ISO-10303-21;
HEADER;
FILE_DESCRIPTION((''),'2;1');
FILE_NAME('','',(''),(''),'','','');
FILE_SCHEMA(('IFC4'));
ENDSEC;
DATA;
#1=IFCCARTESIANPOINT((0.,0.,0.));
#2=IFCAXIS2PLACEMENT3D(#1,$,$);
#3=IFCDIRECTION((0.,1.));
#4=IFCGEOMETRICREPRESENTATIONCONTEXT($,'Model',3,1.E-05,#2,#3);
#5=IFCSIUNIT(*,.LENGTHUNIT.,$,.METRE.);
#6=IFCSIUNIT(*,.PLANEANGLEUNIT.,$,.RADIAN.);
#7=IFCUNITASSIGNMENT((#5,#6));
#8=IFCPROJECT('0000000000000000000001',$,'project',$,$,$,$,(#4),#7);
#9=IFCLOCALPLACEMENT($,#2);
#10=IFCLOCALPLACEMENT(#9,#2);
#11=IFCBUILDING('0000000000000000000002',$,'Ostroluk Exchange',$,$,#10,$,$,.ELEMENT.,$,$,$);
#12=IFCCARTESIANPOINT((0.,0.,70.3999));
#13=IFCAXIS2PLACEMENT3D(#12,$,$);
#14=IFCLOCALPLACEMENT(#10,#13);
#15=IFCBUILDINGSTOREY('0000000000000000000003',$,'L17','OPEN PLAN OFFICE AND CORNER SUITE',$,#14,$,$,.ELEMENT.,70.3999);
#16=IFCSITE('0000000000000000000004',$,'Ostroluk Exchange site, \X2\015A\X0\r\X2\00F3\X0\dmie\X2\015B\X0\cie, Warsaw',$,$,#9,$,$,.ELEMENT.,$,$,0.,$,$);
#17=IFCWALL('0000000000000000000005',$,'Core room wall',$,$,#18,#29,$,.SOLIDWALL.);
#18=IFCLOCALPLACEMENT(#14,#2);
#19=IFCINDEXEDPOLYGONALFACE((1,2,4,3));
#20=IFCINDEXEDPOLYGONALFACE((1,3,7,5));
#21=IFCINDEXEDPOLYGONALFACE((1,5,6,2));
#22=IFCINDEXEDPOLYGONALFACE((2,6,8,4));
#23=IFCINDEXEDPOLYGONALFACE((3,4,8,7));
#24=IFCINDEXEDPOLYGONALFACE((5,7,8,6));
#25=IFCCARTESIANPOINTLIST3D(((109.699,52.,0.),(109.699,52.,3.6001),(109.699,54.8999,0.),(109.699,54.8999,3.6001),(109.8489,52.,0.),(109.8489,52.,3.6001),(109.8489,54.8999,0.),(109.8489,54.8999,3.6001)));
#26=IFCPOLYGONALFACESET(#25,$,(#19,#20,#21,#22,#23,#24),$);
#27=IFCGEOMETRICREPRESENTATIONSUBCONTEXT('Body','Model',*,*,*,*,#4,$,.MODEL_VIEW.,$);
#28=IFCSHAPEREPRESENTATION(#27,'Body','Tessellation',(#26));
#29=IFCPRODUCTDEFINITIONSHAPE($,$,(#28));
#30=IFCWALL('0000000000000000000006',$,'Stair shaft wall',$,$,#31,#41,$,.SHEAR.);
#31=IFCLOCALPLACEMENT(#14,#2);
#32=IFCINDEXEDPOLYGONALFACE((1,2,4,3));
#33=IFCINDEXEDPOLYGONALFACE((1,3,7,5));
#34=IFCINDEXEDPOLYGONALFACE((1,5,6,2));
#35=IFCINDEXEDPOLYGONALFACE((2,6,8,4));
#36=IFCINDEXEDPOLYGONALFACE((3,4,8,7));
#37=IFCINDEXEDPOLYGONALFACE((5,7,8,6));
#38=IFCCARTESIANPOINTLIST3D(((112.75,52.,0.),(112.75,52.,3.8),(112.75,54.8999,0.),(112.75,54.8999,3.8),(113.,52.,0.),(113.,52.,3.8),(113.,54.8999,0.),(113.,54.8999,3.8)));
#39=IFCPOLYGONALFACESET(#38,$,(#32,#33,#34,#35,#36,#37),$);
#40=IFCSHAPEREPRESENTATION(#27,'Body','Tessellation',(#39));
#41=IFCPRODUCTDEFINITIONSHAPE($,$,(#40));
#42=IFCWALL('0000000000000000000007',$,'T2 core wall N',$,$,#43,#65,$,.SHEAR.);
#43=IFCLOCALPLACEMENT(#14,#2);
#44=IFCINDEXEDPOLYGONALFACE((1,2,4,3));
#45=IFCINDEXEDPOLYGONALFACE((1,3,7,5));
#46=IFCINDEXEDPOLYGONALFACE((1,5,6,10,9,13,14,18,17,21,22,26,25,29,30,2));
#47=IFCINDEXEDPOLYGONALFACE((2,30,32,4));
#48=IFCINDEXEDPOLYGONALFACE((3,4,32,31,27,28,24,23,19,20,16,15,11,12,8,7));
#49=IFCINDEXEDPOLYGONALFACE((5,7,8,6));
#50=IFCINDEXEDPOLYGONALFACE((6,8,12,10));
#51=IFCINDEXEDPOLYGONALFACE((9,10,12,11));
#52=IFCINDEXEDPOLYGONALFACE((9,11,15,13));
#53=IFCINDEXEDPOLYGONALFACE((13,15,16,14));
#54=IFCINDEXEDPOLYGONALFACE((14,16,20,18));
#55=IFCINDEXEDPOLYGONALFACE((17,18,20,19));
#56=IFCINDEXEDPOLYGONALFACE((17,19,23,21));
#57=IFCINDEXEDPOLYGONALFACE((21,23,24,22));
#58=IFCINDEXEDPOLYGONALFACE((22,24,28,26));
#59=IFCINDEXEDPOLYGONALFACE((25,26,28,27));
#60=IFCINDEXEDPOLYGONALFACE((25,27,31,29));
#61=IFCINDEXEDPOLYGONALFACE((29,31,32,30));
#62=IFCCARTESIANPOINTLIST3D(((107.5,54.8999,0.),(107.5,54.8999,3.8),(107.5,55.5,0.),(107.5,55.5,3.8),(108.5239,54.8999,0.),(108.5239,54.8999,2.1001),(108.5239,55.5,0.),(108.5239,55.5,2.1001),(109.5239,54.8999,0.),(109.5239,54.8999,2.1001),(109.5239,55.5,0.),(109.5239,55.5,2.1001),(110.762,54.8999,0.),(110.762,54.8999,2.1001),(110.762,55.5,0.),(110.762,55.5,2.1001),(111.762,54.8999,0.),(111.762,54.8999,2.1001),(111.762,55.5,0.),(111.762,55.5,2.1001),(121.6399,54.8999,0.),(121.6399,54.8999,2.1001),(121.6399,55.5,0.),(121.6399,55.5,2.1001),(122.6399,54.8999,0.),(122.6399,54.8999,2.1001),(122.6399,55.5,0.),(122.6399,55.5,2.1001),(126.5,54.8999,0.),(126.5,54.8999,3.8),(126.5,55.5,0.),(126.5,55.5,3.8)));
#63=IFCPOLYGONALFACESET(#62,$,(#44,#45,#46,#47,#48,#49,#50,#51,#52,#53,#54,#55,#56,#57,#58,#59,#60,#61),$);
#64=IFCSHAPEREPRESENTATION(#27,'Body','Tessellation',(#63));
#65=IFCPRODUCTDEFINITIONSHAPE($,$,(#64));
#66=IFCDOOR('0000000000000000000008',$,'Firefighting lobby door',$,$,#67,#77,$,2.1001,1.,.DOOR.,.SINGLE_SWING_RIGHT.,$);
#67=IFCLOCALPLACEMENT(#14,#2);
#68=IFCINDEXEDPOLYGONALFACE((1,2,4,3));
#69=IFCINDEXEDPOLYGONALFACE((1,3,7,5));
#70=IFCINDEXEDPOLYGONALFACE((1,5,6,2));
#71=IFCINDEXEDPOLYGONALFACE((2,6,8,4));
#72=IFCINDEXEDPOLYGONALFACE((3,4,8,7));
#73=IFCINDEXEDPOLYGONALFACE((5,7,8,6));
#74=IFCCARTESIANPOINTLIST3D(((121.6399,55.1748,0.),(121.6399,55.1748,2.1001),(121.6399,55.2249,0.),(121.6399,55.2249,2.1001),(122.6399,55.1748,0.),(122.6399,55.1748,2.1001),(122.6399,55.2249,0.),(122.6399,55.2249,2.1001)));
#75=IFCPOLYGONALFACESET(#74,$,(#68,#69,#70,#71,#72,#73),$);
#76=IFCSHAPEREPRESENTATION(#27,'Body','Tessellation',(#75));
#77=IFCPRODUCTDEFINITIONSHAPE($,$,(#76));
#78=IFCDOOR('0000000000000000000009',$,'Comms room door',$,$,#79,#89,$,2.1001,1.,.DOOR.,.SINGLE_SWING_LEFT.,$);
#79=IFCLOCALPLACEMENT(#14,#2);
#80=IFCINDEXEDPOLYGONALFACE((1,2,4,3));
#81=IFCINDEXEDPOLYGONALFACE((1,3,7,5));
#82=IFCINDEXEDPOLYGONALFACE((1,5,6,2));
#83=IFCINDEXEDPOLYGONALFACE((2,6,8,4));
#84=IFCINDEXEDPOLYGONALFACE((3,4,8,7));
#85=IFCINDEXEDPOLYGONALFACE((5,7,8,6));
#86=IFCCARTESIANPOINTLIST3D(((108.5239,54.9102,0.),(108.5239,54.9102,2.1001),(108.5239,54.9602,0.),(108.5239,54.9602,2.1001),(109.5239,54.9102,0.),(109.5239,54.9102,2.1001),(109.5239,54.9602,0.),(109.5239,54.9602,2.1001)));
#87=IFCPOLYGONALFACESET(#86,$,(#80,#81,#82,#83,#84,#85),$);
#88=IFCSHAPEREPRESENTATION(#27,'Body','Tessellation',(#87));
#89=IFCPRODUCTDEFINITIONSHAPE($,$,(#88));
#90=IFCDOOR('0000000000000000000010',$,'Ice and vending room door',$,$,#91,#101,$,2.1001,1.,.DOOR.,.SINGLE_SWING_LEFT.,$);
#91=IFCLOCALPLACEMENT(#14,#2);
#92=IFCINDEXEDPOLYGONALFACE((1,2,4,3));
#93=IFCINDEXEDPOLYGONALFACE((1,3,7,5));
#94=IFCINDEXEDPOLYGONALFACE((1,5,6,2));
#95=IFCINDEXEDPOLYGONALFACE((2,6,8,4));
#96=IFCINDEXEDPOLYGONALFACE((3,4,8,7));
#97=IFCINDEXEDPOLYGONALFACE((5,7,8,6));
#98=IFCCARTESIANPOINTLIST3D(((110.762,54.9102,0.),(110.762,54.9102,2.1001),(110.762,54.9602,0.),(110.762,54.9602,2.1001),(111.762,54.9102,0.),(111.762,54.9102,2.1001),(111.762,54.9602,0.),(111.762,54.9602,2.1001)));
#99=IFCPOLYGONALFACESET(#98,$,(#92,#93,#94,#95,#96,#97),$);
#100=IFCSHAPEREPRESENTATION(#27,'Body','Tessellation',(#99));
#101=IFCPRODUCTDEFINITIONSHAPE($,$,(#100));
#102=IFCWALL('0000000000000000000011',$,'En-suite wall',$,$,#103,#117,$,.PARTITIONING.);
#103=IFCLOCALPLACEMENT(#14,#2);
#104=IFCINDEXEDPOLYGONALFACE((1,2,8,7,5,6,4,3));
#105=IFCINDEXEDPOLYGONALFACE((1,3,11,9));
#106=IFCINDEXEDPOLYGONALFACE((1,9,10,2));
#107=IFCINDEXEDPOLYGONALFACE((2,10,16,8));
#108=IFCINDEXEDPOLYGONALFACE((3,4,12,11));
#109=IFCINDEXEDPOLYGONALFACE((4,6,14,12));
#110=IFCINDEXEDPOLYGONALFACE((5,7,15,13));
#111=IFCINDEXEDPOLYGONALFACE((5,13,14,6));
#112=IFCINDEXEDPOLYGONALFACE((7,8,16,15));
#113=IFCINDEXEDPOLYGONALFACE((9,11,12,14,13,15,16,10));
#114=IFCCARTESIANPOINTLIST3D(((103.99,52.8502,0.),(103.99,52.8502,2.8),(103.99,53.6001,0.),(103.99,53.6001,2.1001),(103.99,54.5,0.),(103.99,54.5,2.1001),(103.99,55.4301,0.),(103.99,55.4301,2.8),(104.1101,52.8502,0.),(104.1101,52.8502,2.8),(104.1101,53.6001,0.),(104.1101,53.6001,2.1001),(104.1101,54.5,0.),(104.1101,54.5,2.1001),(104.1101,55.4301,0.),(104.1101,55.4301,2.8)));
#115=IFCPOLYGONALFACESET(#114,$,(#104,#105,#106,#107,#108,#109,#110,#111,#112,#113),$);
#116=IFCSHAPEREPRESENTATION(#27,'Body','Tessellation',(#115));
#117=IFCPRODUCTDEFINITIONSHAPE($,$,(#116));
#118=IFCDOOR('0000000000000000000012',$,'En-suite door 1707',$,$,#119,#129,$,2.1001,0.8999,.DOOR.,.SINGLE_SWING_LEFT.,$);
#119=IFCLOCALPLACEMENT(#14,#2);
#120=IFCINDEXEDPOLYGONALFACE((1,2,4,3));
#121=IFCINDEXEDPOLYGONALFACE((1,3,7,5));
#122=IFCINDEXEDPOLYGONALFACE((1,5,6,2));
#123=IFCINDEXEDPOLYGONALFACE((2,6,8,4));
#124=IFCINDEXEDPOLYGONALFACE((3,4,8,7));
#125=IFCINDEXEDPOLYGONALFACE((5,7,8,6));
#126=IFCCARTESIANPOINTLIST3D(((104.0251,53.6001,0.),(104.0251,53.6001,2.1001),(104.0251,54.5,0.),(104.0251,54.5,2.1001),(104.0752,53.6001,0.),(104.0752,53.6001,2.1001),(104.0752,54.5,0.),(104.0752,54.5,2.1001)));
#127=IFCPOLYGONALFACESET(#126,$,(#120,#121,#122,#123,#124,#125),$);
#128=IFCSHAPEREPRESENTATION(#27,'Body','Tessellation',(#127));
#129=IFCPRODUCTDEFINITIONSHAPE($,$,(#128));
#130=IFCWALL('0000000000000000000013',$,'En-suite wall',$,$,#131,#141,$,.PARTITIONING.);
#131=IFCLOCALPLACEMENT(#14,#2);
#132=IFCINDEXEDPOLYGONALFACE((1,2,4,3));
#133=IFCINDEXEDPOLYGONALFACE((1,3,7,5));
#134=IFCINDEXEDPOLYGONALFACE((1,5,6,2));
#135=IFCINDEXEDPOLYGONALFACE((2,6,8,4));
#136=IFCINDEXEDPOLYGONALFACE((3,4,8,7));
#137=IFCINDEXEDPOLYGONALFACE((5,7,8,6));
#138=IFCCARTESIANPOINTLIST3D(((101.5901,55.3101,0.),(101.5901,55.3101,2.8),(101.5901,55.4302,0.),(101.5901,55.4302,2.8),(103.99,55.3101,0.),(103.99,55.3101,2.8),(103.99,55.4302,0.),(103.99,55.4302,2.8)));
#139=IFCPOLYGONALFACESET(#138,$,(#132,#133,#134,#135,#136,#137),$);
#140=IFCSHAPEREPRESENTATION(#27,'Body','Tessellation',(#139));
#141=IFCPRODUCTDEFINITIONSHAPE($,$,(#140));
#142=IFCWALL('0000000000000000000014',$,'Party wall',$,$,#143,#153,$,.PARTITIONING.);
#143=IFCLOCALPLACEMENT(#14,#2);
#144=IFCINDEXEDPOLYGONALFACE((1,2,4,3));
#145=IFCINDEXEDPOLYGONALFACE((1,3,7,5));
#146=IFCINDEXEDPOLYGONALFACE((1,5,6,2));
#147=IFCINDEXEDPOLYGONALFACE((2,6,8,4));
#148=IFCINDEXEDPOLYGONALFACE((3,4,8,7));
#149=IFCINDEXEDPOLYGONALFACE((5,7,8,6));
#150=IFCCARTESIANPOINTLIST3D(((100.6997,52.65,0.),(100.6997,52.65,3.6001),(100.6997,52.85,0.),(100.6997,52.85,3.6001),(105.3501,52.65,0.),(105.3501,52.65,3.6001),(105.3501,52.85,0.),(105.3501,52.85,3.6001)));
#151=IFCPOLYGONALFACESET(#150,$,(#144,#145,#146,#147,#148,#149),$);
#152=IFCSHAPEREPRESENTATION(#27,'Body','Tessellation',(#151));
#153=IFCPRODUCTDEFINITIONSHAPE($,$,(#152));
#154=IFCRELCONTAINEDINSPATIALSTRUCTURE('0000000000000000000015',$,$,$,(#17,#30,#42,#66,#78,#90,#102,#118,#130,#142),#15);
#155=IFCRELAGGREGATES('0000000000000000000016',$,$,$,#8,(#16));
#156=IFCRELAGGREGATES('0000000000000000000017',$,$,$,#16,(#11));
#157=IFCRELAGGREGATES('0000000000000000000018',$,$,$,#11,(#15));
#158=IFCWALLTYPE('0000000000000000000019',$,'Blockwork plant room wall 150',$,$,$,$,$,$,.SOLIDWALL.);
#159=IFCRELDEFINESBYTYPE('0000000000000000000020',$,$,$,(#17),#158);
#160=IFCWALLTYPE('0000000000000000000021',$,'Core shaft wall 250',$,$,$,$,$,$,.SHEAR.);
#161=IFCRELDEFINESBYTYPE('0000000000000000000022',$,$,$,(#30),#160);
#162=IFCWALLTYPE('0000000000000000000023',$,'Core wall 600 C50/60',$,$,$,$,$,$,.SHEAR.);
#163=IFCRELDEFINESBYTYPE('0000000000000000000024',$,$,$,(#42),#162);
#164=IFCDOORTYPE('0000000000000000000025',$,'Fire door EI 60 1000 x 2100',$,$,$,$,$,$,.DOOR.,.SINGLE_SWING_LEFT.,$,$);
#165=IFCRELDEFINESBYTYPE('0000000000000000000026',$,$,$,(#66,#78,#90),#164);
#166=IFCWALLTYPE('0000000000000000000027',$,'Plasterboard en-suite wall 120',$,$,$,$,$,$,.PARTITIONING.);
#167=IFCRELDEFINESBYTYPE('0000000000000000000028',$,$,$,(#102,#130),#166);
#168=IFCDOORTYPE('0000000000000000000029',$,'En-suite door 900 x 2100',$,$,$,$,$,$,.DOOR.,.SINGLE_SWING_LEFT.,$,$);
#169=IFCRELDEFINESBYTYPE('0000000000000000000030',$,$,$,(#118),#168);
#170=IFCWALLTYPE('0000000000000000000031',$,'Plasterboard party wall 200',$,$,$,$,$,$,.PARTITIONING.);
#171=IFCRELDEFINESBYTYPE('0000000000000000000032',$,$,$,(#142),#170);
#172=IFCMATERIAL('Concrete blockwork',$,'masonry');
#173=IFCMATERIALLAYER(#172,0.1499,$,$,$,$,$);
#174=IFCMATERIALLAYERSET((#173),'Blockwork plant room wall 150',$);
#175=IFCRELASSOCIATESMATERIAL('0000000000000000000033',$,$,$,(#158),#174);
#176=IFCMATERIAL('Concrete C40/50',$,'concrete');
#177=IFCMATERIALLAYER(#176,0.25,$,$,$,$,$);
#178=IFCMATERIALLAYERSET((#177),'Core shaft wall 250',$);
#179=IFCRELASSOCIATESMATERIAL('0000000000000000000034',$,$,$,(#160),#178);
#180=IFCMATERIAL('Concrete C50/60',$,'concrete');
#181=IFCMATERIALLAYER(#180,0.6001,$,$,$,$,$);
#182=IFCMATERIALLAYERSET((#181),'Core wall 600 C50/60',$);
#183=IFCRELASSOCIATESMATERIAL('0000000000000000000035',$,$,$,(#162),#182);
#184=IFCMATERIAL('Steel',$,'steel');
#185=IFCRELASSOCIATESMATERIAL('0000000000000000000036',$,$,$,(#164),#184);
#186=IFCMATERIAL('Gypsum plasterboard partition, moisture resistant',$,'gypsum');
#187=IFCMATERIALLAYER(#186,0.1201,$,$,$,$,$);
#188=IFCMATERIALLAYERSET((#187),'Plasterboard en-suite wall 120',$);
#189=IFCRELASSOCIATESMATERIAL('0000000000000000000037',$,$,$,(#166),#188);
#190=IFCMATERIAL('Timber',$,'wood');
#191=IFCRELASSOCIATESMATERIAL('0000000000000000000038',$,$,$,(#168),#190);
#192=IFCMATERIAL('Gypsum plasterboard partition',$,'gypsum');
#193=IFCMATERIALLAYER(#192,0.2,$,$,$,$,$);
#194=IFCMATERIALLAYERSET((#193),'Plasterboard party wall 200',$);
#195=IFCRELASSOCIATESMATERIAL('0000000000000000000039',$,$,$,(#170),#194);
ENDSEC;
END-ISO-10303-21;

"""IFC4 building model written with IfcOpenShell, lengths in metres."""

from ifc_helpers import new_model, si_unit, direction, frame, frame_2d, origin, place, context, subcontext, project, spatial, rectangle, extrude, material, layer, layer_set, type_object, element, fill, save


model = new_model("IFC4")

# Units and contexts
model_context = context("Model", 3, precision=1e-05, world=origin(), true_north=direction((0.0, 1.0)))
body_context = subcontext(model_context, "Body", "Model", "MODEL_VIEW")
ifc_project = project(units=[si_unit("LENGTHUNIT", "METRE"), si_unit("PLANEANGLEUNIT", "RADIAN")], contexts=[model_context])

# Site, building, storey
site_placement = place(None, origin())
site = spatial("IfcSite", under=ifc_project, at=site_placement, Name="Ostroluk Exchange site, Śródmieście, Warsaw", CompositionType="ELEMENT", RefElevation=0.0)
building_placement = place(site_placement, origin())
building = spatial("IfcBuilding", under=site, at=building_placement, Name="Ostroluk Exchange", CompositionType="ELEMENT")
storey_placement = place(building_placement, frame((0.0, 0.0, 70.3999)))
storey = spatial("IfcBuildingStorey", under=building, at=storey_placement, Name="L17", Description="OPEN PLAN OFFICE AND CORNER SUITE", CompositionType="ELEMENT", Elevation=70.3999)

# Walls
ifc_material_1 = material(Name="Concrete blockwork", Category="masonry")
ifc_layer_1 = layer(ifc_material_1, 0.1499)
ifc_layer_set_1 = layer_set([ifc_layer_1], Name="Blockwork plant room wall 150")
wall_type_1 = type_object("IfcWallType", Name="Blockwork plant room wall 150", PredefinedType="SOLIDWALL", material=ifc_layer_set_1)
wall_1_placement = place(storey_placement, frame((109.7739, 52.0, 0.0), z_axis=(0.0, 0.0, 1.0), x_axis=(0.0, 1.0, 0.0)))
element("IfcWall", 1, at=wall_1_placement, inside=storey, type_object=wall_type_1, Name="Core room wall", PredefinedType="SOLIDWALL", context=body_context, shape_type="SweptSolid", body=[
    extrude(rectangle(XDim=2.8999, YDim=0.1499, at=frame_2d((1.45, 0.0))), origin(), (0.0, 0.0, 1.0), 3.6001),
])
ifc_material_2 = material(Name="Concrete C40/50", Category="concrete")
ifc_layer_2 = layer(ifc_material_2, 0.25)
ifc_layer_set_2 = layer_set([ifc_layer_2], Name="Core shaft wall 250")
wall_type_2 = type_object("IfcWallType", Name="Core shaft wall 250", PredefinedType="SHEAR", material=ifc_layer_set_2)
wall_2_placement = place(storey_placement, frame((112.875, 52.0, 0.0), z_axis=(0.0, 0.0, 1.0), x_axis=(0.0, 1.0, 0.0)))
element("IfcWall", 2, at=wall_2_placement, inside=storey, type_object=wall_type_2, Name="Stair shaft wall", PredefinedType="SHEAR", context=body_context, shape_type="SweptSolid", body=[
    extrude(rectangle(XDim=2.8999, YDim=0.25, at=frame_2d((1.45, 0.0))), origin(), (0.0, 0.0, 1.0), 3.8),
])

# Wall, openings, doors
ifc_material_3 = material(Name="Concrete C50/60", Category="concrete")
ifc_layer_3 = layer(ifc_material_3, 0.6001)
ifc_layer_set_3 = layer_set([ifc_layer_3], Name="Core wall 600 C50/60")
wall_type_3 = type_object("IfcWallType", Name="Core wall 600 C50/60", PredefinedType="SHEAR", material=ifc_layer_set_3)
wall_3_placement = place(storey_placement, frame((107.5, 55.2, 0.0), z_axis=(0.0, 0.0, 1.0), x_axis=(1.0, 0.0, 0.0)))
wall_3 = element("IfcWall", 3, at=wall_3_placement, inside=storey, type_object=wall_type_3, Name="T2 core wall N", PredefinedType="SHEAR", context=body_context, shape_type="SweptSolid", body=[
    extrude(rectangle(XDim=19.0, YDim=0.6001, at=frame_2d((9.5, 0.0))), origin(), (0.0, 0.0, 1.0), 3.8),
])
opening_1_placement = place(wall_3_placement, frame((14.1399, 0.0, 0.0)))
opening_1 = element("IfcOpeningElement", 4, at=opening_1_placement, cuts=wall_3, PredefinedType="OPENING", context=body_context, shape_type="SweptSolid", body=[
    extrude(rectangle(XDim=1.0, YDim=2.1001, at=frame_2d((0.5, 1.05))), frame((0.0, 0.3101, 0.0), z_axis=(0.0, -1.0, 0.0), x_axis=(1.0, 0.0, 0.0)), (0.0, 0.0, 1.0), 0.6201),
])
opening_2_placement = place(wall_3_placement, frame((1.0239, 0.0, 0.0)))
opening_2 = element("IfcOpeningElement", 5, at=opening_2_placement, cuts=wall_3, PredefinedType="OPENING", context=body_context, shape_type="SweptSolid", body=[
    extrude(rectangle(XDim=1.0, YDim=2.1001, at=frame_2d((0.5, 1.05))), frame((0.0, 0.3101, 0.0), z_axis=(0.0, -1.0, 0.0), x_axis=(1.0, 0.0, 0.0)), (0.0, 0.0, 1.0), 0.6201),
])
opening_3_placement = place(wall_3_placement, frame((3.262, 0.0, 0.0)))
opening_3 = element("IfcOpeningElement", 6, at=opening_3_placement, cuts=wall_3, PredefinedType="OPENING", context=body_context, shape_type="SweptSolid", body=[
    extrude(rectangle(XDim=1.0, YDim=2.1001, at=frame_2d((0.5, 1.05))), frame((0.0, 0.3101, 0.0), z_axis=(0.0, -1.0, 0.0), x_axis=(1.0, 0.0, 0.0)), (0.0, 0.0, 1.0), 0.6201),
])
ifc_material_4 = material(Name="Steel", Category="steel")
door_type_1 = type_object("IfcDoorType", Name="Fire door EI 60 1000 x 2100", OperationType="SINGLE_SWING_LEFT", PredefinedType="DOOR", material=ifc_material_4)
door_1_placement = place(opening_1_placement, origin())
door_1 = element("IfcDoor", 7, at=door_1_placement, inside=storey, type_object=door_type_1, Name="Firefighting lobby door", OperationType="SINGLE_SWING_RIGHT", OverallHeight=2.1001, OverallWidth=1.0, PredefinedType="DOOR", context=body_context, shape_type="SweptSolid", body=[
    extrude(rectangle(XDim=1.0, YDim=2.1001, at=frame_2d((0.5, 1.05))), frame((0.0, 0.0249, 0.0), z_axis=(0.0, -1.0, 0.0), x_axis=(1.0, 0.0, 0.0)), (0.0, 0.0, 1.0), 0.05),
])
fill(opening_1, door_1)
door_2_placement = place(opening_2_placement, origin())
door_2 = element("IfcDoor", 8, at=door_2_placement, inside=storey, type_object=door_type_1, Name="Comms room door", OperationType="SINGLE_SWING_LEFT", OverallHeight=2.1001, OverallWidth=1.0, PredefinedType="DOOR", context=body_context, shape_type="SweptSolid", body=[
    extrude(rectangle(XDim=1.0, YDim=2.1001, at=frame_2d((0.5, 1.05))), frame((0.0, -0.2397, 0.0), z_axis=(0.0, -1.0, 0.0), x_axis=(1.0, 0.0, 0.0)), (0.0, 0.0, 1.0), 0.05),
])
fill(opening_2, door_2)
door_3_placement = place(opening_3_placement, origin())
door_3 = element("IfcDoor", 9, at=door_3_placement, inside=storey, type_object=door_type_1, Name="Ice and vending room door", OperationType="SINGLE_SWING_LEFT", OverallHeight=2.1001, OverallWidth=1.0, PredefinedType="DOOR", context=body_context, shape_type="SweptSolid", body=[
    extrude(rectangle(XDim=1.0, YDim=2.1001, at=frame_2d((0.5, 1.05))), frame((0.0, -0.2397, 0.0), z_axis=(0.0, -1.0, 0.0), x_axis=(1.0, 0.0, 0.0)), (0.0, 0.0, 1.0), 0.05),
])
fill(opening_3, door_3)

# Wall, opening, door
ifc_material_5 = material(Name="Gypsum plasterboard partition, moisture resistant", Category="gypsum")
ifc_layer_4 = layer(ifc_material_5, 0.1201)
ifc_layer_set_4 = layer_set([ifc_layer_4], Name="Plasterboard en-suite wall 120")
wall_type_4 = type_object("IfcWallType", Name="Plasterboard en-suite wall 120", PredefinedType="PARTITIONING", material=ifc_layer_set_4)
wall_4_placement = place(storey_placement, frame((104.05, 52.8501, 0.0), z_axis=(0.0, 0.0, 1.0), x_axis=(0.0, 1.0, 0.0)))
wall_4 = element("IfcWall", 10, at=wall_4_placement, inside=storey, type_object=wall_type_4, Name="En-suite wall", PredefinedType="PARTITIONING", context=body_context, shape_type="SweptSolid", body=[
    extrude(rectangle(XDim=2.5798, YDim=0.1201, at=frame_2d((1.29, 0.0))), origin(), (0.0, 0.0, 1.0), 2.8),
])
opening_4_placement = place(wall_4_placement, frame((0.75, 0.0, 0.0)))
opening_4 = element("IfcOpeningElement", 11, at=opening_4_placement, cuts=wall_4, PredefinedType="OPENING", context=body_context, shape_type="SweptSolid", body=[
    extrude(rectangle(XDim=0.8999, YDim=2.1001, at=frame_2d((0.45, 1.05))), frame((0.0, 0.0701, 0.0), z_axis=(0.0, -1.0, 0.0), x_axis=(1.0, 0.0, 0.0)), (0.0, 0.0, 1.0), 0.1401),
])
ifc_material_6 = material(Name="Timber", Category="wood")
door_type_2 = type_object("IfcDoorType", Name="En-suite door 900 x 2100", OperationType="SINGLE_SWING_LEFT", PredefinedType="DOOR", material=ifc_material_6)
door_4_placement = place(opening_4_placement, origin())
door_4 = element("IfcDoor", 12, at=door_4_placement, inside=storey, type_object=door_type_2, Name="En-suite door 1707", OperationType="SINGLE_SWING_LEFT", OverallHeight=2.1001, OverallWidth=0.8999, PredefinedType="DOOR", context=body_context, shape_type="SweptSolid", body=[
    extrude(rectangle(XDim=0.8999, YDim=2.1001, at=frame_2d((0.45, 1.05))), frame((0.0, 0.0249, 0.0), z_axis=(0.0, -1.0, 0.0), x_axis=(1.0, 0.0, 0.0)), (0.0, 0.0, 1.0), 0.05),
])
fill(opening_4, door_4)

# Walls
wall_5_placement = place(storey_placement, frame((103.99, 55.3701, 0.0), z_axis=(0.0, 0.0, 1.0), x_axis=(-1.0, 0.0, 0.0)))
element("IfcWall", 13, at=wall_5_placement, inside=storey, type_object=wall_type_4, Name="En-suite wall", PredefinedType="PARTITIONING", context=body_context, shape_type="SweptSolid", body=[
    extrude(rectangle(XDim=2.3999, YDim=0.1201, at=frame_2d((1.2, 0.0))), origin(), (0.0, 0.0, 1.0), 2.8),
])
ifc_material_7 = material(Name="Gypsum plasterboard partition", Category="gypsum")
ifc_layer_5 = layer(ifc_material_7, 0.2)
ifc_layer_set_5 = layer_set([ifc_layer_5], Name="Plasterboard party wall 200")
wall_type_5 = type_object("IfcWallType", Name="Plasterboard party wall 200", PredefinedType="PARTITIONING", material=ifc_layer_set_5)
wall_6_placement = place(storey_placement, frame((105.3501, 52.75, 0.0), z_axis=(0.0, 0.0, 1.0), x_axis=(-1.0, 0.0, 0.0)))
element("IfcWall", 14, at=wall_6_placement, inside=storey, type_object=wall_type_5, Name="Party wall", PredefinedType="PARTITIONING", context=body_context, shape_type="SweptSolid", body=[
    extrude(rectangle(XDim=4.6504, YDim=0.2, at=frame_2d((2.3252, 0.0))), origin(), (0.0, 0.0, 1.0), 3.6001),
])

save(model, "model.ifc")
